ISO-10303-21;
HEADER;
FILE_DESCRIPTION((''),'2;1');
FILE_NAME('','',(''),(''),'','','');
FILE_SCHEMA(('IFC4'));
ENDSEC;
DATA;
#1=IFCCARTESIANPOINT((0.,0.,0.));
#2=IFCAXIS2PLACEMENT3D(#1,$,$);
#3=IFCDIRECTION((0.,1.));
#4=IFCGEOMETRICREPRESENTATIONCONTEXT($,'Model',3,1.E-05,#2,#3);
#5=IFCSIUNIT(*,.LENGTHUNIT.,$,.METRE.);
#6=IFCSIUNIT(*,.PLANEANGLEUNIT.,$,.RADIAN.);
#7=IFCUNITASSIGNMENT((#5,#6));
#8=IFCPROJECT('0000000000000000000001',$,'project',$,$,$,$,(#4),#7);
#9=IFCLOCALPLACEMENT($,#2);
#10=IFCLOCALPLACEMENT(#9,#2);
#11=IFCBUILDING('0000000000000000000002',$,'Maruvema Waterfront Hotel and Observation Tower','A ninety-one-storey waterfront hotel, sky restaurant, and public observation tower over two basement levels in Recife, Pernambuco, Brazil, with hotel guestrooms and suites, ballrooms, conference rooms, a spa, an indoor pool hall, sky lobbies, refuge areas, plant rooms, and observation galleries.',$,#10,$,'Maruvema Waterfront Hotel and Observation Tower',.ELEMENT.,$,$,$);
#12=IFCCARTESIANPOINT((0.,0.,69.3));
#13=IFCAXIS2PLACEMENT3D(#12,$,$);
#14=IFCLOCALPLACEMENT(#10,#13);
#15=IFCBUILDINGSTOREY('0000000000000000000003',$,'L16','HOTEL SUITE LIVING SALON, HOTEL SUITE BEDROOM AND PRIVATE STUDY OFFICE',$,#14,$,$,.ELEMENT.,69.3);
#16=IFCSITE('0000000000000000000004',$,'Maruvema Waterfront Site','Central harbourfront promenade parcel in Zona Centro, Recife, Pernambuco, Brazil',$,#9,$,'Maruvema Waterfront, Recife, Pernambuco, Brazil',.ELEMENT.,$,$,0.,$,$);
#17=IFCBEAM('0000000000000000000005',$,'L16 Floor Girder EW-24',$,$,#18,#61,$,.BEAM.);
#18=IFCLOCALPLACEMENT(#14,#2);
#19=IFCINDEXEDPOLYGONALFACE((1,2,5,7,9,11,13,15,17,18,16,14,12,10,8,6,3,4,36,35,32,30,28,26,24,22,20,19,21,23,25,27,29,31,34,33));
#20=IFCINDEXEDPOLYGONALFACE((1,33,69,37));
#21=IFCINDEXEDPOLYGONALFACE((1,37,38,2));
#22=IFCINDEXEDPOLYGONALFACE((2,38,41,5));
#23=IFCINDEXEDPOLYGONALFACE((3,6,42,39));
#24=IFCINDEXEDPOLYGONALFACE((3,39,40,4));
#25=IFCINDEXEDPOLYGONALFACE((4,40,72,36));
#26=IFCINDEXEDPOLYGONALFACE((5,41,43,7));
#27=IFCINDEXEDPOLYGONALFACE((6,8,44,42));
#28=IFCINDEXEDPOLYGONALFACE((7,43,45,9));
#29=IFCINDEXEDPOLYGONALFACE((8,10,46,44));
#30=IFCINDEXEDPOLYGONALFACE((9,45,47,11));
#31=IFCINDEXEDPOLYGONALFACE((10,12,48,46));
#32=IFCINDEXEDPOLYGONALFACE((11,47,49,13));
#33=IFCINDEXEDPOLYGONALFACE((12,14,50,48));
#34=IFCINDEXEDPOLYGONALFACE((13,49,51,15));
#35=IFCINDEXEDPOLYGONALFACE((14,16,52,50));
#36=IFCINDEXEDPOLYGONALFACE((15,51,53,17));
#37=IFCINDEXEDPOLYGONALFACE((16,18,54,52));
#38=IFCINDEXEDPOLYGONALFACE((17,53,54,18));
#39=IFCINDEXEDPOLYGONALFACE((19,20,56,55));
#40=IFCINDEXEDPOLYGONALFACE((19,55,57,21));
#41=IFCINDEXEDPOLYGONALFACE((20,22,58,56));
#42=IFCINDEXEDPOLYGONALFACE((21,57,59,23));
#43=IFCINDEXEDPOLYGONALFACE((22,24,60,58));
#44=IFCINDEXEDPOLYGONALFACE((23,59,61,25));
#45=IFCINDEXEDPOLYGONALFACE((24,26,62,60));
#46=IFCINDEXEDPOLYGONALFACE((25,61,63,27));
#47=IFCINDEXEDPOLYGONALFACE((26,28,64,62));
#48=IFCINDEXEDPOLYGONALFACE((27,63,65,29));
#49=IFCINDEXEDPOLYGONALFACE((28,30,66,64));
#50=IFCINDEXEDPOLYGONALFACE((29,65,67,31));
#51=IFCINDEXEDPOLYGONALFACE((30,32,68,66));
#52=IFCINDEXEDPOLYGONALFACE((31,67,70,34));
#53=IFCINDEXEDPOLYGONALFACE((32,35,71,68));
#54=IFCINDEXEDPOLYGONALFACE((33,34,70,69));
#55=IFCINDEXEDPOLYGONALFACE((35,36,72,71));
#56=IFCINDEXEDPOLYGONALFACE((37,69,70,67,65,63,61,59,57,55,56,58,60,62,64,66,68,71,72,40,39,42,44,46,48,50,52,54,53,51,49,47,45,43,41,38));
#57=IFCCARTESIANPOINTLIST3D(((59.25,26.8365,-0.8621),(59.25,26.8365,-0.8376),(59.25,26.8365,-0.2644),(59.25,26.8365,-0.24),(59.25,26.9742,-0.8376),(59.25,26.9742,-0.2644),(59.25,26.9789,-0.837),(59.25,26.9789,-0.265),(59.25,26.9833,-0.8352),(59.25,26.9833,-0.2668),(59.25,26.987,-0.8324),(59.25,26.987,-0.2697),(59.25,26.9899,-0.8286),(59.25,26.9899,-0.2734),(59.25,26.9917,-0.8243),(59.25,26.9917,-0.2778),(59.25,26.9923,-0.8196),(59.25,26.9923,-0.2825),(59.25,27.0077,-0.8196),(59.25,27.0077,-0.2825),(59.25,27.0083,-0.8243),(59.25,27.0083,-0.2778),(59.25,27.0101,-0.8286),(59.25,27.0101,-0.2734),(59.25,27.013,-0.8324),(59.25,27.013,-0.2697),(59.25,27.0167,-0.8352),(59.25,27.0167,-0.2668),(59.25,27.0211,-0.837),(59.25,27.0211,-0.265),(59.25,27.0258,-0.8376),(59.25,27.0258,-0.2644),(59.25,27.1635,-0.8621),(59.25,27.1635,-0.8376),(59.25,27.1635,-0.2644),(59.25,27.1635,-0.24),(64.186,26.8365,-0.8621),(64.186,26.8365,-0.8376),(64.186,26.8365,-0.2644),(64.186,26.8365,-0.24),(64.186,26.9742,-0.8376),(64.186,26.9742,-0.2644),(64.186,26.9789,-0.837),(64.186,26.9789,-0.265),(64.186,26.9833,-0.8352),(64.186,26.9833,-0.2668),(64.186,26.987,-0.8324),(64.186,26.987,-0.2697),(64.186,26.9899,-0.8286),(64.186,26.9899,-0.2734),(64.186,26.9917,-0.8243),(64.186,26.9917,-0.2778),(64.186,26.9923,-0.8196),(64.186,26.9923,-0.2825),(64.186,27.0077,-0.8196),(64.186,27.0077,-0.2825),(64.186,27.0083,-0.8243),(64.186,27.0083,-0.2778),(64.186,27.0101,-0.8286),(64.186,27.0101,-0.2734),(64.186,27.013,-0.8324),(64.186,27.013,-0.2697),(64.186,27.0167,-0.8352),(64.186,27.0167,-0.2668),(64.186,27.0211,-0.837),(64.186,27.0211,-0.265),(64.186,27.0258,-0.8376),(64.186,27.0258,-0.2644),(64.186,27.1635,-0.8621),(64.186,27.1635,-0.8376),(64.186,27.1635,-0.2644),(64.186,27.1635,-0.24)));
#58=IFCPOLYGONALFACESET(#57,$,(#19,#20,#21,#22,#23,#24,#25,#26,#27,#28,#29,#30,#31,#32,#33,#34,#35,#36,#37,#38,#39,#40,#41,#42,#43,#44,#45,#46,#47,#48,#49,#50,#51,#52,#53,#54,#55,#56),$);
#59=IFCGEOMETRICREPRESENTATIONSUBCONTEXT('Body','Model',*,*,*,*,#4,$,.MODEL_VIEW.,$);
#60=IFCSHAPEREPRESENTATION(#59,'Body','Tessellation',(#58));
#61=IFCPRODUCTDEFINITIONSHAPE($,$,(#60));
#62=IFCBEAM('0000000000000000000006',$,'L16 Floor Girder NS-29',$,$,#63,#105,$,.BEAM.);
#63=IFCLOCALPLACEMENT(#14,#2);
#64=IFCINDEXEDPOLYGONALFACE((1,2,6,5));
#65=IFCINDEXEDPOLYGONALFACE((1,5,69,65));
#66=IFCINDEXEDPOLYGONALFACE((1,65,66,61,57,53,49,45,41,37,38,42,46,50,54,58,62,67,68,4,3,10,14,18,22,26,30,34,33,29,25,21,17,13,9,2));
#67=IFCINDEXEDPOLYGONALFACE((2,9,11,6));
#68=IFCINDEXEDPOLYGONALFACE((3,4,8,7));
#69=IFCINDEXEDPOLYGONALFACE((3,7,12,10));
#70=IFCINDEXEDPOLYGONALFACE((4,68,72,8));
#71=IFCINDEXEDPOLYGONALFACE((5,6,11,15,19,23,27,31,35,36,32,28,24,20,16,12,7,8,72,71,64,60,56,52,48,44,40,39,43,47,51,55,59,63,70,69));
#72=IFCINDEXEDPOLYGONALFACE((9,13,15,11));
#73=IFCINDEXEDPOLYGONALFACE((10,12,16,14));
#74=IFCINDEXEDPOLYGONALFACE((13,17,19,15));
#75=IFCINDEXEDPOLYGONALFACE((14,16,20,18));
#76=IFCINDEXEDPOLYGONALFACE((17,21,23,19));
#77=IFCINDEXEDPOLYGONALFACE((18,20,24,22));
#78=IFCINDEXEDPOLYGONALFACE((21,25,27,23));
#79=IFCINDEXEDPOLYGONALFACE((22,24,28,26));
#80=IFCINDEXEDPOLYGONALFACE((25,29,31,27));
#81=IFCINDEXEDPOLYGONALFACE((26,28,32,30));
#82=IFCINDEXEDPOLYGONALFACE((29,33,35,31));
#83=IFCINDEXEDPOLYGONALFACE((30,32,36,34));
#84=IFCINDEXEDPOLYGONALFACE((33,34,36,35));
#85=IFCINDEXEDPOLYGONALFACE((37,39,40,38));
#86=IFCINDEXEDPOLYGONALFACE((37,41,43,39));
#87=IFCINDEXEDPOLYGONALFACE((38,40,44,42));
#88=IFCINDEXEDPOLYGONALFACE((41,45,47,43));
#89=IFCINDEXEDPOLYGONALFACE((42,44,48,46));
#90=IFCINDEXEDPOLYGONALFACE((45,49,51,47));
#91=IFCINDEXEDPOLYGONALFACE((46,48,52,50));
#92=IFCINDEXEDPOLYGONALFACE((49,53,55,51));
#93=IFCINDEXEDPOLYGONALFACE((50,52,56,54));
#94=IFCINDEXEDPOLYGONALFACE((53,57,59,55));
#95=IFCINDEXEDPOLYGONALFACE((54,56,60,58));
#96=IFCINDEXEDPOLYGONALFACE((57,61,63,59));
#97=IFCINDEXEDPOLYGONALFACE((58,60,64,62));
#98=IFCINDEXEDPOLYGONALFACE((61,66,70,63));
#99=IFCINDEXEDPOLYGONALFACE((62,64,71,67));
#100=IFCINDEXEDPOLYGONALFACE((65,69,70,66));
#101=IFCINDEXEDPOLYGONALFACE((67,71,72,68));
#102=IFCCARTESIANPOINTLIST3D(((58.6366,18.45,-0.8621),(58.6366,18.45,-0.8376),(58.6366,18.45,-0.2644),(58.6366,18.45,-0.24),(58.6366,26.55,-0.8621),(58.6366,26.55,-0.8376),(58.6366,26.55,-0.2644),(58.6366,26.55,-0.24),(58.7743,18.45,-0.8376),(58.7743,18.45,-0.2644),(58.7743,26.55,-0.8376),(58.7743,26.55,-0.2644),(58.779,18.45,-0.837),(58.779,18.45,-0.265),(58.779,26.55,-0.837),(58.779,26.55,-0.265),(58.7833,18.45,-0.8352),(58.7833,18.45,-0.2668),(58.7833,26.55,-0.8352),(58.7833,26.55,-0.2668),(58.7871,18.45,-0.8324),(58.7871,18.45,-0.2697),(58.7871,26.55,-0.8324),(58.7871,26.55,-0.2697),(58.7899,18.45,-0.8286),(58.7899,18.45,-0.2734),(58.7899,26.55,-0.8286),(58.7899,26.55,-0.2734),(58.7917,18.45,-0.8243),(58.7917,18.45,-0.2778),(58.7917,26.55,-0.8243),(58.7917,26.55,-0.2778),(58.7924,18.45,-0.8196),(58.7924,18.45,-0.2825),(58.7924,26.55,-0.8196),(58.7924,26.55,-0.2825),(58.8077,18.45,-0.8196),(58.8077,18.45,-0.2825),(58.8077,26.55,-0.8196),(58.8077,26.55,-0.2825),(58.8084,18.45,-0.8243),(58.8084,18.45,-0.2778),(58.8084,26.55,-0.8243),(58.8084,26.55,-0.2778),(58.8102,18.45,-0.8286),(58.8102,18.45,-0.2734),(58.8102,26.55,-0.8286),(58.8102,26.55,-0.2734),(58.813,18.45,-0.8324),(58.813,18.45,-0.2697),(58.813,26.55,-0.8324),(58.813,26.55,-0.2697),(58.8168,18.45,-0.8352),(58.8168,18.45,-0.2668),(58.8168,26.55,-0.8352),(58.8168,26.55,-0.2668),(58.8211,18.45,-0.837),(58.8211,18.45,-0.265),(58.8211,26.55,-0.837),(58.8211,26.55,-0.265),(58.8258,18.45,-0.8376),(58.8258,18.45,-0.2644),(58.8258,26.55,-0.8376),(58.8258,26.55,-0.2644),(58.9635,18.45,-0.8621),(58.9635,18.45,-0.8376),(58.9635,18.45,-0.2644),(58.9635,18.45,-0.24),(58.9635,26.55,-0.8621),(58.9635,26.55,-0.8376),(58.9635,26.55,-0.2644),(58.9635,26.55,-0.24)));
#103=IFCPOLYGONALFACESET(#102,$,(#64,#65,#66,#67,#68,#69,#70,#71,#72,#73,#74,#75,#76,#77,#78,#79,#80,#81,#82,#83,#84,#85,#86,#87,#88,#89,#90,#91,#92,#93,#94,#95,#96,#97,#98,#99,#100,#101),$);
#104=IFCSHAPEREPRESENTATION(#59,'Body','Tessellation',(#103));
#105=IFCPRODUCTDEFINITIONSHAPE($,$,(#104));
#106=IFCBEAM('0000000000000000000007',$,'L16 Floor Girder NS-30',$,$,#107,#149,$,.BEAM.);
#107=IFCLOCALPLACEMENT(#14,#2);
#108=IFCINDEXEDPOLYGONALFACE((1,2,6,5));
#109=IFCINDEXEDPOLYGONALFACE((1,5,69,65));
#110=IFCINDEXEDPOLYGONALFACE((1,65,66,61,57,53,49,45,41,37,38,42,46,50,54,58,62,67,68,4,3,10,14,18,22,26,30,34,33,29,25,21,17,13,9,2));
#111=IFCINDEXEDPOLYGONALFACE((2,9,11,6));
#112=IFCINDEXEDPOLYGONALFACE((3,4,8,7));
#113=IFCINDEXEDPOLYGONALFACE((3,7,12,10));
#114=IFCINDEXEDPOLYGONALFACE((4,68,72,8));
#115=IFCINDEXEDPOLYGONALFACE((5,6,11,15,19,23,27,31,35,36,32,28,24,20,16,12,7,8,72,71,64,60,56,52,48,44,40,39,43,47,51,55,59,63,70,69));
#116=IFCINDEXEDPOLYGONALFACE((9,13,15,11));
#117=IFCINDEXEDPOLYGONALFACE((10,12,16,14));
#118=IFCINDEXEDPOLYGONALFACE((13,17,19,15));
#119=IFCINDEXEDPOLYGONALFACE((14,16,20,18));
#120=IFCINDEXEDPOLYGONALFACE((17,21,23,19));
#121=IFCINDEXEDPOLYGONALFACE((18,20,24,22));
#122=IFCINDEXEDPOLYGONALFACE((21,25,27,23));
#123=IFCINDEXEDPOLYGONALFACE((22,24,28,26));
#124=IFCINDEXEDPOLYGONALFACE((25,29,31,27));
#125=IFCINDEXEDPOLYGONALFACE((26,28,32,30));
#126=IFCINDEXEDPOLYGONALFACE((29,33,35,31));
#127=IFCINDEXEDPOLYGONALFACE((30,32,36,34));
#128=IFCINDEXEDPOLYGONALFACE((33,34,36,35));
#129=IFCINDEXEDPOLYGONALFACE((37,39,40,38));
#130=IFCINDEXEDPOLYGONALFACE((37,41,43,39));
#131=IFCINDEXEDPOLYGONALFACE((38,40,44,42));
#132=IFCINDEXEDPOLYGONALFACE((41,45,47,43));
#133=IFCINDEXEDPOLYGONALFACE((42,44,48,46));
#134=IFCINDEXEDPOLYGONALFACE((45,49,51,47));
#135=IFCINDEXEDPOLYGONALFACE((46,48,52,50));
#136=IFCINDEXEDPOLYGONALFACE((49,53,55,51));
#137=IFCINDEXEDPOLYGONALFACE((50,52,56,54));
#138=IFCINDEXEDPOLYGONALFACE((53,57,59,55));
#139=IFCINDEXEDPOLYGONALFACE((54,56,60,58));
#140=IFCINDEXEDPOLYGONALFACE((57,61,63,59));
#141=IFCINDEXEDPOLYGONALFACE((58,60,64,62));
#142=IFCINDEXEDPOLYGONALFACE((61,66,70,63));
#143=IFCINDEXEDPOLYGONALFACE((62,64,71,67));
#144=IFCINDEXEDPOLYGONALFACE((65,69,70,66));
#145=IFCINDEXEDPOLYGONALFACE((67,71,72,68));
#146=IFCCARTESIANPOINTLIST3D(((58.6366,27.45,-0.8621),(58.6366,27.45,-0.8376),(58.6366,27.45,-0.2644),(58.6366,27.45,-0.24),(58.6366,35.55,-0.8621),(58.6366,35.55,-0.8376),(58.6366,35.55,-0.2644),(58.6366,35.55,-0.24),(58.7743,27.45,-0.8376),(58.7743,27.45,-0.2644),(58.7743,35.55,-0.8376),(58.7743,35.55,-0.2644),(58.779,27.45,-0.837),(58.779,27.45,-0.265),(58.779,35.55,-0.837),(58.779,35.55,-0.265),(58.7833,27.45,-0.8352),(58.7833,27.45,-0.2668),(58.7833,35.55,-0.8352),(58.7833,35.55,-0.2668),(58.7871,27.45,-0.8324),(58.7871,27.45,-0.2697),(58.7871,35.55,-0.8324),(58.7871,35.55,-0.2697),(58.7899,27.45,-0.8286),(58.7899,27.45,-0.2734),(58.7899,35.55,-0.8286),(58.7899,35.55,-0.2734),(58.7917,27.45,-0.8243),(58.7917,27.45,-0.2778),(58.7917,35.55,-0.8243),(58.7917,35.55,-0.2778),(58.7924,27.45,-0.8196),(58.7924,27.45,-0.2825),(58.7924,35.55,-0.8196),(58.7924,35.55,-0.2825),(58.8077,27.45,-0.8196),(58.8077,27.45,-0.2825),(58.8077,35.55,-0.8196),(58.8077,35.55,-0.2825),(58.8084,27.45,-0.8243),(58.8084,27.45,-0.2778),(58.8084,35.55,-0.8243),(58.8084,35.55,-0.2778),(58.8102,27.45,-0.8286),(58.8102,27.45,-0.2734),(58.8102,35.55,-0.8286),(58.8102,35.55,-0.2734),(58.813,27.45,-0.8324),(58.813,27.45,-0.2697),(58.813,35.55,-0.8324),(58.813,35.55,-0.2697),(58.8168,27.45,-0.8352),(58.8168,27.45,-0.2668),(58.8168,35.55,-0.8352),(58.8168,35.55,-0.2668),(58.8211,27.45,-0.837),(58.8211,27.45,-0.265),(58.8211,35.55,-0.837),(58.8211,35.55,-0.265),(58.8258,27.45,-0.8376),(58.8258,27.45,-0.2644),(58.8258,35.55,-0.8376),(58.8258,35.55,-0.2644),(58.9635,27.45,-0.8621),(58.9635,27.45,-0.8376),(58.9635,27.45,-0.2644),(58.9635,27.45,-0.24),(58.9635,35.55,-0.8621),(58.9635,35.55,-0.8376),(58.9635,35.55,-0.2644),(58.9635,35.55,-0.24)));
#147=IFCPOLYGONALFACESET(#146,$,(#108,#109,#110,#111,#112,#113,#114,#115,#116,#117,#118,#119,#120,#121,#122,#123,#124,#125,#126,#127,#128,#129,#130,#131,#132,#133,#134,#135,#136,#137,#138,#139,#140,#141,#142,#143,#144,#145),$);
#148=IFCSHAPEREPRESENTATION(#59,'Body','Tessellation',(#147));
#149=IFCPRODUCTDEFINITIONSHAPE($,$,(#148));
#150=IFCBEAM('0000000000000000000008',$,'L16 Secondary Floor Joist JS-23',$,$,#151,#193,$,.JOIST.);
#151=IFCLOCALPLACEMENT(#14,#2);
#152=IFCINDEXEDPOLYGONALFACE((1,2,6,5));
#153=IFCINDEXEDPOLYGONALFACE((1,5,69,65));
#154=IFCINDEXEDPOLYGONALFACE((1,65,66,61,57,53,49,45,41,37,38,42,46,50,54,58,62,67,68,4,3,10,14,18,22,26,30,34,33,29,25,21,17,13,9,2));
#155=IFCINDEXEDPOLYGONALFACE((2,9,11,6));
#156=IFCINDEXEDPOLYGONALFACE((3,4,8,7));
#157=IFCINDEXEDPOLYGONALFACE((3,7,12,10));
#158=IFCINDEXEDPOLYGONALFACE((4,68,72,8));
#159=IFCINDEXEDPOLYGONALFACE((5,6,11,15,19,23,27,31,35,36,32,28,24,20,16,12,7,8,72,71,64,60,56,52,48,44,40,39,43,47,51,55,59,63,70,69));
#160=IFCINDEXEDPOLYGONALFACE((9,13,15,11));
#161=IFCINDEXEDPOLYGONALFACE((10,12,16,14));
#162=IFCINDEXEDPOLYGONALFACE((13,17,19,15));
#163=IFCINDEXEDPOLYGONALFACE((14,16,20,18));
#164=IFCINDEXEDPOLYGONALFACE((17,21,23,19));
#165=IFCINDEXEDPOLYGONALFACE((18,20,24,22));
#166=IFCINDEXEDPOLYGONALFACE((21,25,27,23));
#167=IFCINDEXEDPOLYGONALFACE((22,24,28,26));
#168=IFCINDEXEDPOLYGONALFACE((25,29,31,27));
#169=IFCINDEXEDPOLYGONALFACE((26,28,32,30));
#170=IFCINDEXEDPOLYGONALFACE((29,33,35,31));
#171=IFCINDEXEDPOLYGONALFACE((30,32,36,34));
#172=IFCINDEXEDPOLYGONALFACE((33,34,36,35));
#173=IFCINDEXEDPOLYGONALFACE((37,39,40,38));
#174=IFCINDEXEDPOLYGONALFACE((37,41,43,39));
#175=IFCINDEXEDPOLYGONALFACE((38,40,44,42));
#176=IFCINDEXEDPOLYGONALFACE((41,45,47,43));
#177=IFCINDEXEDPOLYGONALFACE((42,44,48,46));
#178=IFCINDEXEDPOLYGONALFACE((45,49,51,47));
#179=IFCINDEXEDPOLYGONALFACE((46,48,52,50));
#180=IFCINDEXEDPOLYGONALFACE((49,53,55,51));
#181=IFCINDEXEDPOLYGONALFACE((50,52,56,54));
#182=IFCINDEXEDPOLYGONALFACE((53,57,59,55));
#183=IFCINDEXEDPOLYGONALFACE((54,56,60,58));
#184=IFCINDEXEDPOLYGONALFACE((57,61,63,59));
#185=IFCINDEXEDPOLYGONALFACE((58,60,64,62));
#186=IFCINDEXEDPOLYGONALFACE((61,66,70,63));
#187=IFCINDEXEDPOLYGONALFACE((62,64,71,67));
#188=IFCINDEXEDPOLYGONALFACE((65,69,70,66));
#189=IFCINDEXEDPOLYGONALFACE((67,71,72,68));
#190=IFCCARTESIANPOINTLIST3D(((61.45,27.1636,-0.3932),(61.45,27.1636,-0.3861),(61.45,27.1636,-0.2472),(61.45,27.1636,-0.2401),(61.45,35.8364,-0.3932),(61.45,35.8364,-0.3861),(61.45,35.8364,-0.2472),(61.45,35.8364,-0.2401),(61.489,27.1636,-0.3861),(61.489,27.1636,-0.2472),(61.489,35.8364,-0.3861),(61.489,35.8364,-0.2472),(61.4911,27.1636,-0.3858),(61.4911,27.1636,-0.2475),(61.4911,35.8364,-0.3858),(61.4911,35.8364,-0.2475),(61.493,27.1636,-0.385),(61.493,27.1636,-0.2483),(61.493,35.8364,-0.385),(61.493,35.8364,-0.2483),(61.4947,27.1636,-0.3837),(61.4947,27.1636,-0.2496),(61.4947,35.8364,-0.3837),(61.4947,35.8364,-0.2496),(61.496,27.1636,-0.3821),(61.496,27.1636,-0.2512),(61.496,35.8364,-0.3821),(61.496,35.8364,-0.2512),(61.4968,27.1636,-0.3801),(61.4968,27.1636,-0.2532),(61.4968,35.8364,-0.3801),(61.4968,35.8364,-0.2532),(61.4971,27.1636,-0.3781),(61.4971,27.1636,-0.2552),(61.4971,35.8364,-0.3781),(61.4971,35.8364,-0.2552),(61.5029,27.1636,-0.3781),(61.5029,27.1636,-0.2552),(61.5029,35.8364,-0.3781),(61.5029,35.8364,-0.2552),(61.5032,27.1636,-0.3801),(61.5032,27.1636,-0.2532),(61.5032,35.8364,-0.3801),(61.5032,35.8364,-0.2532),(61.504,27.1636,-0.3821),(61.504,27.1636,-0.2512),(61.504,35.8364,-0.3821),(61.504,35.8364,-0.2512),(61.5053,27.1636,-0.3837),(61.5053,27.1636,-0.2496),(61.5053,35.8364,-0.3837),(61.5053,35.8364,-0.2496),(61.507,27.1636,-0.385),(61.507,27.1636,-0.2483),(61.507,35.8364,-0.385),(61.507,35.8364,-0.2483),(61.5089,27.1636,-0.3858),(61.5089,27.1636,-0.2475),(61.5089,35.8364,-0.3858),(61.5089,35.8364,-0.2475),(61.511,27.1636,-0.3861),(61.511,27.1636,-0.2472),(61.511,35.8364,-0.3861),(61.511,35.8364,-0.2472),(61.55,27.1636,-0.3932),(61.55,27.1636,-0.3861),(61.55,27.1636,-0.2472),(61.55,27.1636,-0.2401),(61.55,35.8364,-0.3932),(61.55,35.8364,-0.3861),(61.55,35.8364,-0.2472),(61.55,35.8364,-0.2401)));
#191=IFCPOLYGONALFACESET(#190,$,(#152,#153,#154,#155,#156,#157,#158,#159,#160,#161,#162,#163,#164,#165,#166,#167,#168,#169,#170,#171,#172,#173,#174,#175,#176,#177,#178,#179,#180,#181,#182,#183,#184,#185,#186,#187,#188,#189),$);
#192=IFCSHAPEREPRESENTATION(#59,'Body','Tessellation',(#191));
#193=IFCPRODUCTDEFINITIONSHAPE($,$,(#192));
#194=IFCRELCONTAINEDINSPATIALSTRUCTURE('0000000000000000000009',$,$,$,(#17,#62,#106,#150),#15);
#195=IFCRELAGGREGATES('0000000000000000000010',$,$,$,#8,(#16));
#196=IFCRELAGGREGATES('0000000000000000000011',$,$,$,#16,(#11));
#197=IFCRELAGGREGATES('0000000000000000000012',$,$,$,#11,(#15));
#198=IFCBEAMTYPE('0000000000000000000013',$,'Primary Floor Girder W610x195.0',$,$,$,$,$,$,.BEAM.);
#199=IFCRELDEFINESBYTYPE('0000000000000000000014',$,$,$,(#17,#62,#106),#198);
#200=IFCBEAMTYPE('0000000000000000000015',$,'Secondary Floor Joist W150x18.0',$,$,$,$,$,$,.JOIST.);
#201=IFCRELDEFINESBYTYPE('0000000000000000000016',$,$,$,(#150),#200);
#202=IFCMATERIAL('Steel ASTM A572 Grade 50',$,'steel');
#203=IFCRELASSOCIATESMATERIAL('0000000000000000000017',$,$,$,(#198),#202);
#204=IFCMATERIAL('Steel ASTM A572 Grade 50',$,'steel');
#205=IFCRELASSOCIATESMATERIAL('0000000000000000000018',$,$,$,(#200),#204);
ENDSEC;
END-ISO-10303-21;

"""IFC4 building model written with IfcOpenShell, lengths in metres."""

from ifc_helpers import new_model, si_unit, direction, frame, origin, origin_2d, place, context, subcontext, project, spatial, i_section, extrude, material, material_profile, profile_set, type_object, element, save


model = new_model("IFC4")

# Units and contexts
model_context = context("Model", 3, precision=1e-05, world=origin(), true_north=direction((0.0, 1.0)))
body_context = subcontext(model_context, "Body", "Model", "MODEL_VIEW")
ifc_project = project(units=[si_unit("LENGTHUNIT", "METRE"), si_unit("PLANEANGLEUNIT", "RADIAN")], contexts=[model_context])

# Site, building, storey
site_placement = place(None, origin())
site = spatial("IfcSite", under=ifc_project, at=site_placement, Name="Maruvema Waterfront Site", Description="Central harbourfront promenade parcel in Zona Centro, Recife, Pernambuco, Brazil", LongName="Maruvema Waterfront, Recife, Pernambuco, Brazil", CompositionType="ELEMENT", RefElevation=0.0)
building_placement = place(site_placement, origin())
building = spatial("IfcBuilding", under=site, at=building_placement, Name="Maruvema Waterfront Hotel and Observation Tower", Description="A ninety-one-storey waterfront hotel, sky restaurant, and public observation tower over two basement levels in Recife, Pernambuco, Brazil, with hotel guestrooms and suites, ballrooms, conference rooms, a spa, an indoor pool hall, sky lobbies, refuge areas, plant rooms, and observation galleries.", LongName="Maruvema Waterfront Hotel and Observation Tower", CompositionType="ELEMENT")
storey_placement = place(building_placement, frame((0.0, 0.0, 69.3)))
storey = spatial("IfcBuildingStorey", under=building, at=storey_placement, Name="L16", Description="HOTEL SUITE LIVING SALON, HOTEL SUITE BEDROOM AND PRIVATE STUDY OFFICE", CompositionType="ELEMENT", Elevation=69.3)

# Beams
ifc_material_1 = material(Name="Steel ASTM A572 Grade 50", Category="steel")
ifc_material_profile_1 = material_profile(ifc_material_1, i_section(OverallWidth=0.3269, OverallDepth=0.6221, WebThickness=0.0154, FlangeThickness=0.0244, FilletRadius=0.0181, at=origin_2d()), Name="W610x195.0")
ifc_profile_set_1 = profile_set([ifc_material_profile_1], Name="Steel ASTM A572 Grade 50")
beam_type_1 = type_object("IfcBeamType", Name="Primary Floor Girder W610x195.0", PredefinedType="BEAM", material=ifc_profile_set_1)
for number, where, z_axis, x_axis, name in (
    (1, (59.25, 27.0, -0.551), (1.0, 0.0, 0.0), (0.0, 1.0, 0.0), "L16 Floor Girder EW-24"),
):
    element("IfcBeam", number, at=place(storey_placement, frame(where, z_axis=z_axis, x_axis=x_axis)), inside=storey, type_object=beam_type_1, Name=name, PredefinedType="BEAM", context=body_context, shape_type="SweptSolid", body=[
        extrude(i_section(OverallWidth=0.3269, OverallDepth=0.6221, WebThickness=0.0154, FlangeThickness=0.0244, FilletRadius=0.0181, at=origin_2d()), origin(), (0.0, 0.0, 1.0), 4.936),
    ])
for number, where, z_axis, x_axis, name in (
    (2, (58.8, 18.45, -0.551), (0.0, 1.0, 0.0), (-1.0, 0.0, 0.0), "L16 Floor Girder NS-29"),
    (3, (58.8, 27.45, -0.551), (0.0, 1.0, 0.0), (-1.0, 0.0, 0.0), "L16 Floor Girder NS-30"),
):
    element("IfcBeam", number, at=place(storey_placement, frame(where, z_axis=z_axis, x_axis=x_axis)), inside=storey, type_object=beam_type_1, Name=name, PredefinedType="BEAM", context=body_context, shape_type="SweptSolid", body=[
        extrude(i_section(OverallWidth=0.3269, OverallDepth=0.6221, WebThickness=0.0154, FlangeThickness=0.0244, FilletRadius=0.0181, at=origin_2d()), origin(), (0.0, 0.0, 1.0), 8.1001),
    ])
ifc_material_2 = material(Name="Steel ASTM A572 Grade 50", Category="steel")
ifc_material_profile_2 = material_profile(ifc_material_2, i_section(OverallWidth=0.1001, OverallDepth=0.1531, WebThickness=0.0059, FlangeThickness=0.0071, FilletRadius=0.0081, at=origin_2d()), Name="W150x18.0")
ifc_profile_set_2 = profile_set([ifc_material_profile_2], Name="Steel ASTM A572 Grade 50")
beam_type_2 = type_object("IfcBeamType", Name="Secondary Floor Joist W150x18.0", PredefinedType="JOIST", material=ifc_profile_set_2)
beam_1_placement = place(storey_placement, frame((61.5, 27.1636, -0.3167), z_axis=(0.0, 1.0, 0.0), x_axis=(-1.0, 0.0, 0.0)))
element("IfcBeam", 4, at=beam_1_placement, inside=storey, type_object=beam_type_2, Name="L16 Secondary Floor Joist JS-23", PredefinedType="JOIST", context=body_context, shape_type="SweptSolid", body=[
    extrude(i_section(OverallWidth=0.1001, OverallDepth=0.1531, WebThickness=0.0059, FlangeThickness=0.0071, FilletRadius=0.0081, at=origin_2d()), origin(), (0.0, 0.0, 1.0), 8.6729),
])

save(model, "model.ifc")
